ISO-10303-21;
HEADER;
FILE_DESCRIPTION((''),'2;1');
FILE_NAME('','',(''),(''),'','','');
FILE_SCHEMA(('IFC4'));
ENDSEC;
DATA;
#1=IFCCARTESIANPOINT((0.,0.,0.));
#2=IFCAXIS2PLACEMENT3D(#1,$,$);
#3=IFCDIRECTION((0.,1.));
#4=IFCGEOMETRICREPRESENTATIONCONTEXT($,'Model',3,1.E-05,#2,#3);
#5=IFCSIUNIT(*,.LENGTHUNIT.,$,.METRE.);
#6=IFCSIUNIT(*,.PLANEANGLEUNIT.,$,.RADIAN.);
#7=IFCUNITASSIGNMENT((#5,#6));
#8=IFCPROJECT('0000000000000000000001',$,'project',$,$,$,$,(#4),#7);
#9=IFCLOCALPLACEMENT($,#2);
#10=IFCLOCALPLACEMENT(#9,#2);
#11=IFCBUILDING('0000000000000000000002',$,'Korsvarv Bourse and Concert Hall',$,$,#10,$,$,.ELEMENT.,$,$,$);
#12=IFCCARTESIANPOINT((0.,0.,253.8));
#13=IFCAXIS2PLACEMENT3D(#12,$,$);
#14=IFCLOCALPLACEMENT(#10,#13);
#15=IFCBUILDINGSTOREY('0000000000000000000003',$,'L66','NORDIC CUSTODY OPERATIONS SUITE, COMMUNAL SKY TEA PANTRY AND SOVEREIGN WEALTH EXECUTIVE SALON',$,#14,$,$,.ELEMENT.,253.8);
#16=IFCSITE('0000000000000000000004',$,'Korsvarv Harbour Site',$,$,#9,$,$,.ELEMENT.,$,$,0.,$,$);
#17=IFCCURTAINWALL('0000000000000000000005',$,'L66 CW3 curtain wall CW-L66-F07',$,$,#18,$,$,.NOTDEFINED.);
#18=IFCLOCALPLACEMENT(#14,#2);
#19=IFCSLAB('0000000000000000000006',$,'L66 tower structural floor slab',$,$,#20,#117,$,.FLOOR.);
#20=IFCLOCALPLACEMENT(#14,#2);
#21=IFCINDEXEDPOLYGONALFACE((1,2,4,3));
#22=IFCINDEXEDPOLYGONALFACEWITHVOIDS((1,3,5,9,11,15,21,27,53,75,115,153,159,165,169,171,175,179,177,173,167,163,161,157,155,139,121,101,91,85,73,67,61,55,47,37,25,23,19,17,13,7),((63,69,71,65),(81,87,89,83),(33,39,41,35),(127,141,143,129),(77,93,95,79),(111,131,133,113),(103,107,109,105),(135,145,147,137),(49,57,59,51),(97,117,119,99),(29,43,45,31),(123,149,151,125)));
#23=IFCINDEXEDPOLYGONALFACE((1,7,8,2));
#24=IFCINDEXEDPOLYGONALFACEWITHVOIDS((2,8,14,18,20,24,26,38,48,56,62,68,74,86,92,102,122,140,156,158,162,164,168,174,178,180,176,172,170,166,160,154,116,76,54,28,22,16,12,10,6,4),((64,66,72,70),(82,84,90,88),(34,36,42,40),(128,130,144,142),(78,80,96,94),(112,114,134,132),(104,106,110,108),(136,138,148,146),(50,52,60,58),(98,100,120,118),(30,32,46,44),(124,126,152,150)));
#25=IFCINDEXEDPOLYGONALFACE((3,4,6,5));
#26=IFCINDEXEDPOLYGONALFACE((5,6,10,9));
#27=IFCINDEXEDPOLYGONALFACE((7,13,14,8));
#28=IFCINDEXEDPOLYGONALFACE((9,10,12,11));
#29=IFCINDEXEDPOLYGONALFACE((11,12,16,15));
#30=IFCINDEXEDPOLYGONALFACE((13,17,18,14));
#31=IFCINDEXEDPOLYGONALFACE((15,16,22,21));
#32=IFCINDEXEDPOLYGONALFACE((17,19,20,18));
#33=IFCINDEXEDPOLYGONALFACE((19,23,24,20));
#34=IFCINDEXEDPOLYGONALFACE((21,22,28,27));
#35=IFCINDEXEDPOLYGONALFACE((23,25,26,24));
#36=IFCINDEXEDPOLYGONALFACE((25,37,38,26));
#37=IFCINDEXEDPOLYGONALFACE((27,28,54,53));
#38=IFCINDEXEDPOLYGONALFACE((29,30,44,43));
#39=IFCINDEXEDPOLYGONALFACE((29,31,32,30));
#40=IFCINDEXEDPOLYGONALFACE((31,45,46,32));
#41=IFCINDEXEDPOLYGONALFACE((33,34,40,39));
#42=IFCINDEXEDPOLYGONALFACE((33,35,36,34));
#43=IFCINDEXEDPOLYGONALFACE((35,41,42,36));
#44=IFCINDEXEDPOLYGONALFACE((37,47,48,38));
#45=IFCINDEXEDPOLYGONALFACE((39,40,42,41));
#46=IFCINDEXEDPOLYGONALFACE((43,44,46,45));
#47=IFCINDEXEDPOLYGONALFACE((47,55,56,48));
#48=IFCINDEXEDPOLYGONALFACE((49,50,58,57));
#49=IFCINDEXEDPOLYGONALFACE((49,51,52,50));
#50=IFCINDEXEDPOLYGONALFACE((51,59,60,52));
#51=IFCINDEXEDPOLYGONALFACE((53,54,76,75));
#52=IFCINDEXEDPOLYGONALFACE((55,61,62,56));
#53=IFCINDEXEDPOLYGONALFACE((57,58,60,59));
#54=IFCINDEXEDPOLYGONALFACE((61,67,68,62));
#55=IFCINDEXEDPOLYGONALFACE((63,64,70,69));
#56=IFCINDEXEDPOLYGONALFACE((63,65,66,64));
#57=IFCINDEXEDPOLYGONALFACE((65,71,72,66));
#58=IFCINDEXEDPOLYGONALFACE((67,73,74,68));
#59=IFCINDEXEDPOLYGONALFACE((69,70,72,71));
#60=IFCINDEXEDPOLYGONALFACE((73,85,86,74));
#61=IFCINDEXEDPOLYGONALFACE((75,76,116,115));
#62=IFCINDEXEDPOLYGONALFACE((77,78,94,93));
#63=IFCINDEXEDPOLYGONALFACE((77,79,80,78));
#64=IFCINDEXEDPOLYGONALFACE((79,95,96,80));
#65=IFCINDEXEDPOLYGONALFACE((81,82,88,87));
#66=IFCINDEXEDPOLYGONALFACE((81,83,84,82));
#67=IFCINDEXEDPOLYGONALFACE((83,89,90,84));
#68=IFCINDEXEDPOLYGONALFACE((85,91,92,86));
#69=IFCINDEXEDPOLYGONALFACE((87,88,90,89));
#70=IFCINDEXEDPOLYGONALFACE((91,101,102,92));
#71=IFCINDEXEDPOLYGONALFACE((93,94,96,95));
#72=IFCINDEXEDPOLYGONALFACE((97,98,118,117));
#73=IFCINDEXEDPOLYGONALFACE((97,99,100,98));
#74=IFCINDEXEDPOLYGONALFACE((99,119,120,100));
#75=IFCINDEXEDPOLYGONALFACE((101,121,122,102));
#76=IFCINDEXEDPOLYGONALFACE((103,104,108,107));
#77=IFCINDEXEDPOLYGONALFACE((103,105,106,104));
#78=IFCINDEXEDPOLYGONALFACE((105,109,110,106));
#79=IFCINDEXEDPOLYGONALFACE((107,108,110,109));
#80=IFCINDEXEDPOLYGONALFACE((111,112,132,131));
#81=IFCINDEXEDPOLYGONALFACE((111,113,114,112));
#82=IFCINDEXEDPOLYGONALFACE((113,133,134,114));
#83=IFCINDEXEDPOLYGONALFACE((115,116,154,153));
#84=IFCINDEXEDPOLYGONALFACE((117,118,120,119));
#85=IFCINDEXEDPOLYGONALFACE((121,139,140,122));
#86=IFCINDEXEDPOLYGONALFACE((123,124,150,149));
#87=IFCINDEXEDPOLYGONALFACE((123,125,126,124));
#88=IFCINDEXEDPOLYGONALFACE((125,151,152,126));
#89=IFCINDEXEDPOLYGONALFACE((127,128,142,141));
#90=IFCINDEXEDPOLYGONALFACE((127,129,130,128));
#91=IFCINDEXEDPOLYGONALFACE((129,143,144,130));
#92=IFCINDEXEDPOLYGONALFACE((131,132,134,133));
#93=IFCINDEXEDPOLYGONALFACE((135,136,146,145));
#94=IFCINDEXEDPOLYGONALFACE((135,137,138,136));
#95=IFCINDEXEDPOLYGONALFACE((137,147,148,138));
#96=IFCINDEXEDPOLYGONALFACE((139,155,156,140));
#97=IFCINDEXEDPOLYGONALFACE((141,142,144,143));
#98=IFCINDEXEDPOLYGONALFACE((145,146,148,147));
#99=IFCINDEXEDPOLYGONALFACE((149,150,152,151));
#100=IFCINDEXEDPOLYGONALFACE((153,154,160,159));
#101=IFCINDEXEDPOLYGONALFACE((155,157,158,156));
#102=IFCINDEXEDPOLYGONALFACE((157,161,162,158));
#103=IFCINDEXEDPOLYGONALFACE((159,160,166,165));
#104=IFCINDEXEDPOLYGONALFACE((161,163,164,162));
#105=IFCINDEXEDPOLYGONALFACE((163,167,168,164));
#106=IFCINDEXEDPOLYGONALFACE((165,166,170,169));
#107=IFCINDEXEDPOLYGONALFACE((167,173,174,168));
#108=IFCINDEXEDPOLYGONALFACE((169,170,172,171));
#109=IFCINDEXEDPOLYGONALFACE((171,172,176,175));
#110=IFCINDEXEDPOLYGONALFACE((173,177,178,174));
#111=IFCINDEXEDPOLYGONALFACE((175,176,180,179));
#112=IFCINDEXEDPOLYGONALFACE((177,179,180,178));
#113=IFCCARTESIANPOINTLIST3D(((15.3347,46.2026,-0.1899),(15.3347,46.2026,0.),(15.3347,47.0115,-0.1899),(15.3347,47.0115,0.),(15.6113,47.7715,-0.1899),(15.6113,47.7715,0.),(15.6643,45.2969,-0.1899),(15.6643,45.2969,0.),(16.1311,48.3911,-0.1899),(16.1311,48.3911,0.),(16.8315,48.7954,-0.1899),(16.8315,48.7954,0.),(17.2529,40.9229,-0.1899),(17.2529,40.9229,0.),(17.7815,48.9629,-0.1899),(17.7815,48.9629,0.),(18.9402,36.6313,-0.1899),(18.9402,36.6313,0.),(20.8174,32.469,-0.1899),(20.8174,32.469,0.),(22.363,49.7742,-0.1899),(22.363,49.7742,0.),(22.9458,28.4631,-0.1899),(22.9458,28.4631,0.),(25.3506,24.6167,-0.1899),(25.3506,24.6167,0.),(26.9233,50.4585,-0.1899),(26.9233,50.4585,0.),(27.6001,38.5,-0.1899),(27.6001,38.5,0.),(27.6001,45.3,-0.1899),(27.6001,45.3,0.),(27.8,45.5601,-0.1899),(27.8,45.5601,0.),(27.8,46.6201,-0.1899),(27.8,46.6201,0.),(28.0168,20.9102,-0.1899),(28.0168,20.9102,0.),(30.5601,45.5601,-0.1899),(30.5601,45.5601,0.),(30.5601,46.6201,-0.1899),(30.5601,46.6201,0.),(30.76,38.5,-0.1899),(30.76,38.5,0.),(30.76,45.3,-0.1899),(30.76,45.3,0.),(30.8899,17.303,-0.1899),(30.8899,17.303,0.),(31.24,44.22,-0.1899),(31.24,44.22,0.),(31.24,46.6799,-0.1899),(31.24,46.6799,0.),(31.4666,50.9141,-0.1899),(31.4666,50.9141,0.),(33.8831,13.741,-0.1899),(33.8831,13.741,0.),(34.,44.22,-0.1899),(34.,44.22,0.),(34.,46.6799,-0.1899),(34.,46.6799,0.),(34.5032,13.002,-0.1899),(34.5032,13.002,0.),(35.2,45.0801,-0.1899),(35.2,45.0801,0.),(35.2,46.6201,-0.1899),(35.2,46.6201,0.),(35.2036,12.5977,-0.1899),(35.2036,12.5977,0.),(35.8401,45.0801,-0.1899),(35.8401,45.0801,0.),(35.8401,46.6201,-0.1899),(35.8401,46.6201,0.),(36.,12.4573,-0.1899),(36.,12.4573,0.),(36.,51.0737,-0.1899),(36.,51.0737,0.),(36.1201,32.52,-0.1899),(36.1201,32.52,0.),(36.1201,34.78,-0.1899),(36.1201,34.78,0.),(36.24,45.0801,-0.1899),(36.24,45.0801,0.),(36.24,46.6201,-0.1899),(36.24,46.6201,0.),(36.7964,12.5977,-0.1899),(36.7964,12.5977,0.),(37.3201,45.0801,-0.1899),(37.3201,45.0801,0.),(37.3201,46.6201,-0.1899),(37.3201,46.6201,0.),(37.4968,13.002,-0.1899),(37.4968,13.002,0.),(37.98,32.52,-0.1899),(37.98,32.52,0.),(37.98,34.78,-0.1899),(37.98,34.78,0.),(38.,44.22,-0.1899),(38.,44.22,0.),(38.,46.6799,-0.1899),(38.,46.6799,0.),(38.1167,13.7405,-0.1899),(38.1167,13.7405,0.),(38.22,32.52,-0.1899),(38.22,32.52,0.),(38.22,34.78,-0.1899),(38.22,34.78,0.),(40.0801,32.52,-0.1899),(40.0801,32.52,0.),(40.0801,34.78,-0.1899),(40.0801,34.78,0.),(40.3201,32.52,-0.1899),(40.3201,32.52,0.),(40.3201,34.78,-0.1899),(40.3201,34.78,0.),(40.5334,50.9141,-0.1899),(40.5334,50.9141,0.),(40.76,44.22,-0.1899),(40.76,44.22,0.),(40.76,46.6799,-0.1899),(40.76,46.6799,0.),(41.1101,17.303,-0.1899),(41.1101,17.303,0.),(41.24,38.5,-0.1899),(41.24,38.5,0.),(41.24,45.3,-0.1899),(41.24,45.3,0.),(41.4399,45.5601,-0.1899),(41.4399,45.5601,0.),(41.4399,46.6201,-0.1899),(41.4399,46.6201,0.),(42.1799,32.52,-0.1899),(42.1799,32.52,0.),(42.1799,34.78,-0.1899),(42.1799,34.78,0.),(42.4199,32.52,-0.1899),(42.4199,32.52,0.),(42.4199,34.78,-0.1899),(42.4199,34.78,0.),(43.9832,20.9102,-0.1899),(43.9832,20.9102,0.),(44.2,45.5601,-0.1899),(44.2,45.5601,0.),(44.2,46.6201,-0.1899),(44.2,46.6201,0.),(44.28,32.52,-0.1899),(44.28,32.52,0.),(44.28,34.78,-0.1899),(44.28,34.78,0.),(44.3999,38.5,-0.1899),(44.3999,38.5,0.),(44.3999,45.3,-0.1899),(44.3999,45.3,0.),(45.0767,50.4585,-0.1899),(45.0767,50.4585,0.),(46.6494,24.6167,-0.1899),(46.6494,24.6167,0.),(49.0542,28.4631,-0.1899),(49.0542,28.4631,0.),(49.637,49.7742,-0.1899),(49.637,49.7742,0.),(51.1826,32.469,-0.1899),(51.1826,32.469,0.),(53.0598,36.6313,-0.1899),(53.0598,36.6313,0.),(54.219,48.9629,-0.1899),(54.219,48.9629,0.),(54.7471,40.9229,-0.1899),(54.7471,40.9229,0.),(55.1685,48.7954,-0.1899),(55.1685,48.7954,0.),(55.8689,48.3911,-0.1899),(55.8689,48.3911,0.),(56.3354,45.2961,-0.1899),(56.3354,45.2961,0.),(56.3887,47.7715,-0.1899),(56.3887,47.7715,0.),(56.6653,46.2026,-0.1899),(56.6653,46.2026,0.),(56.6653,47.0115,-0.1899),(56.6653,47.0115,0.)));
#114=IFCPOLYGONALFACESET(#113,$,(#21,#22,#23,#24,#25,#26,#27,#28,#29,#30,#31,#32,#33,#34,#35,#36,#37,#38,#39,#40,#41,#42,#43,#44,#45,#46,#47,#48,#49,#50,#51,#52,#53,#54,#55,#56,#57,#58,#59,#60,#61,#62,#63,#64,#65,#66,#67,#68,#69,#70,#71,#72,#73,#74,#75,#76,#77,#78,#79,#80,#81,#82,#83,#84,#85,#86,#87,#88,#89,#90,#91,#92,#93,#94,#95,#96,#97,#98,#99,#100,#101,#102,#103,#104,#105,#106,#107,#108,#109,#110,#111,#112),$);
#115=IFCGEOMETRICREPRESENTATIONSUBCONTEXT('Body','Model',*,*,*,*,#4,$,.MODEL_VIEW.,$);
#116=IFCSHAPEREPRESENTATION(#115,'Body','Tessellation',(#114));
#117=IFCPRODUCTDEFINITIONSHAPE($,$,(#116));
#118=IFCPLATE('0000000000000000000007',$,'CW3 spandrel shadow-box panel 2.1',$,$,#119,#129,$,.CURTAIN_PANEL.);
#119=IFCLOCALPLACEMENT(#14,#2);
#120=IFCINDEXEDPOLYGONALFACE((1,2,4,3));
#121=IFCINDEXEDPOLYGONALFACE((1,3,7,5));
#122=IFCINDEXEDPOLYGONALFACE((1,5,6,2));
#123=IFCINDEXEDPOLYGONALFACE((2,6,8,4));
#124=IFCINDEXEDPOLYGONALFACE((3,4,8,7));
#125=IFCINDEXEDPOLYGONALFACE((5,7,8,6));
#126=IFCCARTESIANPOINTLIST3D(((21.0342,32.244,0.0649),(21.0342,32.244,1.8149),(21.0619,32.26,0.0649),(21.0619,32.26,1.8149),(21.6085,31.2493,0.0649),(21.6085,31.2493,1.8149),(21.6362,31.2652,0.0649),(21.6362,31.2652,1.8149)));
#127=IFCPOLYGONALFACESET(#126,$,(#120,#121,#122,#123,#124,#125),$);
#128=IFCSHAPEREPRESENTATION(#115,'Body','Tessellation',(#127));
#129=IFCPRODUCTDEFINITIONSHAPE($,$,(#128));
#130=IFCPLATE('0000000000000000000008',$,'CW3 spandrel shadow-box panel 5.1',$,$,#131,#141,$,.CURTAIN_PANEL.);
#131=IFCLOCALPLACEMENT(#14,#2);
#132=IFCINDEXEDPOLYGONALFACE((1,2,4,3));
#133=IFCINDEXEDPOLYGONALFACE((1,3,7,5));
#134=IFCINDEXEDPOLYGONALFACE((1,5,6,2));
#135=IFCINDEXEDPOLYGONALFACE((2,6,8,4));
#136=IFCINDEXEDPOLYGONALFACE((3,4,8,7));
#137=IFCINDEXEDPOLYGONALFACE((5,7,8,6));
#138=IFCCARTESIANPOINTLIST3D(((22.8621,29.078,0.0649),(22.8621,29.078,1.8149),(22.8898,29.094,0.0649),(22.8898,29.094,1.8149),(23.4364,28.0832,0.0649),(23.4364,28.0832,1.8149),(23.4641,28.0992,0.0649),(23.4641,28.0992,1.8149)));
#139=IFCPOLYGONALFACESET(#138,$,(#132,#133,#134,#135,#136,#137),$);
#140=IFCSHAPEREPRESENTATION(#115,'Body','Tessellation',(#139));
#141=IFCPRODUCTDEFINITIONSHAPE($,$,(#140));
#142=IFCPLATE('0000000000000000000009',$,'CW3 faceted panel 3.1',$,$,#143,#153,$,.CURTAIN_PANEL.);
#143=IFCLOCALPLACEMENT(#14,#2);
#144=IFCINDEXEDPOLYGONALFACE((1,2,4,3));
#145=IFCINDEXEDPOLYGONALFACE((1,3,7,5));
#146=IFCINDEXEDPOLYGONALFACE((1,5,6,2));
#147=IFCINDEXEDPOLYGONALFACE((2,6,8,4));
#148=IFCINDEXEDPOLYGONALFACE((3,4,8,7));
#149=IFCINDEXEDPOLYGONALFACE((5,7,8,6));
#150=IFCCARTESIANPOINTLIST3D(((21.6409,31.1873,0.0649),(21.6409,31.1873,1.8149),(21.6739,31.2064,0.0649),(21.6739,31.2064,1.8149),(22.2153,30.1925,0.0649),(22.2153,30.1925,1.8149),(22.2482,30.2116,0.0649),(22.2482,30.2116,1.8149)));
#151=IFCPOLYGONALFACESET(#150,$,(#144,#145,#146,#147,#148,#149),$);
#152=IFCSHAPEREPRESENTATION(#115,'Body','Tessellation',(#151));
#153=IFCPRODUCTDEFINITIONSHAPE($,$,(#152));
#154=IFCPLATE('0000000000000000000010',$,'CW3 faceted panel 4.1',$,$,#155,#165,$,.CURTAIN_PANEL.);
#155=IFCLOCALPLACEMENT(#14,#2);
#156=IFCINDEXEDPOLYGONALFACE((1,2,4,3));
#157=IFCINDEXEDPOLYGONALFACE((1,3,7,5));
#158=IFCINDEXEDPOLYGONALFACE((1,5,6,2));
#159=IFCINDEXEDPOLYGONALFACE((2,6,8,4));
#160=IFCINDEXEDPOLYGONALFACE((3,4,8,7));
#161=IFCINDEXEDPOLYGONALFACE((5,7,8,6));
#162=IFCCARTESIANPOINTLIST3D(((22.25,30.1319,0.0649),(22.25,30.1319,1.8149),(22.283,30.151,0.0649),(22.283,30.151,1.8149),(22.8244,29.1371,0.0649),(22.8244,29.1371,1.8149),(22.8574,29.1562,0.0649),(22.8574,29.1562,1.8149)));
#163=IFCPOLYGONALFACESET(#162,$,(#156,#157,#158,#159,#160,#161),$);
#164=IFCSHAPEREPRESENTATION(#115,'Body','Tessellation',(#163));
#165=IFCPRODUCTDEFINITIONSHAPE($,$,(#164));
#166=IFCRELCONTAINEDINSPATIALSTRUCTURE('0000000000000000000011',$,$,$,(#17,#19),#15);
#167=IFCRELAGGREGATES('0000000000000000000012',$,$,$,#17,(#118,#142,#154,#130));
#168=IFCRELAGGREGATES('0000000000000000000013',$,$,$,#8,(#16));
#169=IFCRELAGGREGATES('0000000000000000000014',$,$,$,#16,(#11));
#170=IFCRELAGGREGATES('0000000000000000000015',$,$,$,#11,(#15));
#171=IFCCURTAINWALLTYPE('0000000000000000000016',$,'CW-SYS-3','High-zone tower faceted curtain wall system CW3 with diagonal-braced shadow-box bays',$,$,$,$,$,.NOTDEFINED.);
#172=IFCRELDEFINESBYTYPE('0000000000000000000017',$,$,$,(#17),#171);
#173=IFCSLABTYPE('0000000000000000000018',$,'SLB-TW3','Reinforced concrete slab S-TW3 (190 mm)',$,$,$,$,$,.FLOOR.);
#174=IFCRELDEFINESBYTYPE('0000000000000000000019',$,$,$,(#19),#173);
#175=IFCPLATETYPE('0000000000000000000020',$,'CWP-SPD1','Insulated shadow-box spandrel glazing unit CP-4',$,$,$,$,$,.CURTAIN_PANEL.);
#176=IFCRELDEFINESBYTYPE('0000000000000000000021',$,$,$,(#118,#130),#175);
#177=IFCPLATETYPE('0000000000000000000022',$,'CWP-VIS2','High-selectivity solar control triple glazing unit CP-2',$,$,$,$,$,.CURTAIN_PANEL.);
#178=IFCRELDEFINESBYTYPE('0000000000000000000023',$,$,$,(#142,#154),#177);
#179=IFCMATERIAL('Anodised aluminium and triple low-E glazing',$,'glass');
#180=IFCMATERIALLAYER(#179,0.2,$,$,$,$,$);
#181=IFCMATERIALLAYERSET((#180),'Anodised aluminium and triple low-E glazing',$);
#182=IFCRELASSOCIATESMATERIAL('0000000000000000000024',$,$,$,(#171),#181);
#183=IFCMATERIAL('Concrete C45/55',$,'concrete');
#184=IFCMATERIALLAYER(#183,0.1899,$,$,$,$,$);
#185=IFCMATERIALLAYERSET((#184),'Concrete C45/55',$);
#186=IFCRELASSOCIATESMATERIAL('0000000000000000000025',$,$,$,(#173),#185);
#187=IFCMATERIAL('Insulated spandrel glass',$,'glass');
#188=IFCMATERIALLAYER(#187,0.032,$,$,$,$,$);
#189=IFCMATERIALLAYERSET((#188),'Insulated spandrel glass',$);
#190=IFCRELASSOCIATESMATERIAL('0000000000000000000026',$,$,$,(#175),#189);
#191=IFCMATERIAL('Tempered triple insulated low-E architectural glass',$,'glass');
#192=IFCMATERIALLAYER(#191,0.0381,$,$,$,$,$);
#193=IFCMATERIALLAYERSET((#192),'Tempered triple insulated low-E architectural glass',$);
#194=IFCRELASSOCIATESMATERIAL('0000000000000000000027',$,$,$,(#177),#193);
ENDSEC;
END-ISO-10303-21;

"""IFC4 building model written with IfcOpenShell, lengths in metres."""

from ifc_helpers import new_model, si_unit, direction, frame, origin, origin_2d, place, context, subcontext, project, spatial, polyline, rectangle, outline, extrude, source, transform, mapped, material, layer, layer_set, type_object, element, aggregate, save


model = new_model("IFC4")

# Units and contexts
model_context = context("Model", 3, precision=1e-05, world=origin(), true_north=direction((0.0, 1.0)))
body_context = subcontext(model_context, "Body", "Model", "MODEL_VIEW")
ifc_project = project(units=[si_unit("LENGTHUNIT", "METRE"), si_unit("PLANEANGLEUNIT", "RADIAN")], contexts=[model_context])

# Site, building, storey
site_placement = place(None, origin())
site = spatial("IfcSite", under=ifc_project, at=site_placement, Name="Korsvarv Harbour Site", CompositionType="ELEMENT", RefElevation=0.0)
building_placement = place(site_placement, origin())
building = spatial("IfcBuilding", under=site, at=building_placement, Name="Korsvarv Bourse and Concert Hall", CompositionType="ELEMENT")
storey_placement = place(building_placement, frame((0.0, 0.0, 253.8)))
storey = spatial("IfcBuildingStorey", under=building, at=storey_placement, Name="L66", Description="NORDIC CUSTODY OPERATIONS SUITE, COMMUNAL SKY TEA PANTRY AND SOVEREIGN WEALTH EXECUTIVE SALON", CompositionType="ELEMENT", Elevation=253.8)

# Curtain wall
ifc_material_1 = material(Name="Anodised aluminium and triple low-E glazing", Category="glass")
ifc_layer_1 = layer(ifc_material_1, 0.2)
ifc_layer_set_1 = layer_set([ifc_layer_1], Name="Anodised aluminium and triple low-E glazing")
curtain_wall_type = type_object("IfcCurtainWallType", Name="CW-SYS-3", Description="High-zone tower faceted curtain wall system CW3 with diagonal-braced shadow-box bays", PredefinedType="NOTDEFINED", material=ifc_layer_set_1)
curtain_wall_placement = place(storey_placement, origin())
curtain_wall = element("IfcCurtainWall", 1, at=curtain_wall_placement, inside=storey, type_object=curtain_wall_type, Name="L66 CW3 curtain wall CW-L66-F07", PredefinedType="NOTDEFINED")

# Slab
ifc_material_2 = material(Name="Concrete C45/55", Category="concrete")
ifc_layer_2 = layer(ifc_material_2, 0.1899)
ifc_layer_set_2 = layer_set([ifc_layer_2], Name="Concrete C45/55")
slab_type_1 = type_object("IfcSlabType", Name="SLB-TW3", Description="Reinforced concrete slab S-TW3 (190 mm)", PredefinedType="FLOOR", material=ifc_layer_set_2)
slab_1_placement = place(storey_placement, frame((0.0, 0.0, -0.1899)))
element("IfcSlab", 2, at=slab_1_placement, inside=storey, type_object=slab_type_1, Name="L66 tower structural floor slab", PredefinedType="FLOOR", context=body_context, shape_type="SweptSolid", body=[
    extrude(outline(polyline([(56.3354, 45.2961), (54.7471, 40.9229), (53.0598, 36.6313), (51.1826, 32.469), (49.0542, 28.4631), (46.6494, 24.6167), (43.9832, 20.9102), (41.1101, 17.303), (38.1167, 13.7405), (37.4968, 13.002), (36.7964, 12.5977), (36.0, 12.4573), (35.2036, 12.5977), (34.5032, 13.002), (33.8831, 13.741), (30.8899, 17.303), (28.0168, 20.9102), (25.3506, 24.6167), (22.9458, 28.4631), (20.8174, 32.469), (18.9402, 36.6313), (17.2529, 40.9229), (15.6643, 45.2969), (15.3347, 46.2026), (15.3347, 47.0115), (15.6113, 47.7715), (16.1311, 48.3911), (16.8315, 48.7954), (17.7815, 48.9629), (22.363, 49.7742), (26.9233, 50.4585), (31.4666, 50.9141), (36.0, 51.0737), (40.5334, 50.9141), (45.0767, 50.4585), (49.637, 49.7742), (54.219, 48.9629), (55.1685, 48.7954), (55.8689, 48.3911), (56.3887, 47.7715), (56.6653, 47.0115), (56.6653, 46.2026), (56.3354, 45.2961)]), holes=[polyline([(30.76, 38.5), (30.76, 45.3), (27.6001, 45.3), (27.6001, 38.5), (30.76, 38.5)]), polyline([(44.3999, 38.5), (44.3999, 45.3), (41.24, 45.3), (41.24, 38.5), (44.3999, 38.5)]), polyline([(31.24, 44.22), (34.0, 44.22), (34.0, 46.6799), (31.24, 46.6799), (31.24, 44.22)]), polyline([(38.0, 44.22), (40.76, 44.22), (40.76, 46.6799), (38.0, 46.6799), (38.0, 44.22)]), polyline([(36.1201, 32.52), (37.98, 32.52), (37.98, 34.78), (36.1201, 34.78), (36.1201, 32.52)]), polyline([(38.22, 32.52), (40.0801, 32.52), (40.0801, 34.78), (38.22, 34.78), (38.22, 32.52)]), polyline([(40.3201, 32.52), (42.1799, 32.52), (42.1799, 34.78), (40.3201, 34.78), (40.3201, 32.52)]), polyline([(42.4199, 32.52), (44.28, 32.52), (44.28, 34.78), (42.4199, 34.78), (42.4199, 32.52)]), polyline([(27.8, 45.5601), (30.5601, 45.5601), (30.5601, 46.6201), (27.8, 46.6201), (27.8, 45.5601)]), polyline([(41.4399, 45.5601), (44.2, 45.5601), (44.2, 46.6201), (41.4399, 46.6201), (41.4399, 45.5601)]), polyline([(35.2, 45.0801), (35.8401, 45.0801), (35.8401, 46.6201), (35.2, 46.6201), (35.2, 45.0801)]), polyline([(36.24, 45.0801), (37.3201, 45.0801), (37.3201, 46.6201), (36.24, 46.6201), (36.24, 45.0801)])]), origin(), (0.0, 0.0, 1.0), 0.1899),
])

# Plates
ifc_material_3 = material(Name="Insulated spandrel glass", Category="glass")
ifc_layer_3 = layer(ifc_material_3, 0.032)
ifc_layer_set_3 = layer_set([ifc_layer_3], Name="Insulated spandrel glass")
plate_type_1 = type_object("IfcPlateType", Name="CWP-SPD1", Description="Insulated shadow-box spandrel glazing unit CP-4", PredefinedType="CURTAIN_PANEL", material=ifc_layer_set_3)
shared_shape_1 = source(origin(), body_context, "Body", "SweptSolid", [
    extrude(rectangle(XDim=1.1487, YDim=0.032, at=origin_2d()), origin(), (0.0, 0.0, 1.0), 1.75),
])
plate_1_placement = place(storey_placement, frame((21.3352, 31.7546, 0.0649), z_axis=(0.0, 0.0, 1.0), x_axis=(0.500004, -0.866023, 0.0)))
plate_1 = element("IfcPlate", 3, at=plate_1_placement, type_object=plate_type_1, Name="CW3 spandrel shadow-box panel 2.1", PredefinedType="CURTAIN_PANEL", context=body_context, shape_type="MappedRepresentation", body=[
    mapped(shared_shape_1, transform((0.0, 0.0, 0.0), scale=1.0)),
])
plate_2_placement = place(storey_placement, frame((23.1631, 28.5886, 0.0649), z_axis=(0.0, 0.0, 1.0), x_axis=(0.500004, -0.866023, 0.0)))
plate_2 = element("IfcPlate", 4, at=plate_2_placement, type_object=plate_type_1, Name="CW3 spandrel shadow-box panel 5.1", PredefinedType="CURTAIN_PANEL", context=body_context, shape_type="MappedRepresentation", body=[
    mapped(shared_shape_1, transform((0.0, 0.0, 0.0), scale=1.0)),
])
ifc_material_4 = material(Name="Tempered triple insulated low-E architectural glass", Category="glass")
ifc_layer_4 = layer(ifc_material_4, 0.0381)
ifc_layer_set_4 = layer_set([ifc_layer_4], Name="Tempered triple insulated low-E architectural glass")
plate_type_2 = type_object("IfcPlateType", Name="CWP-VIS2", Description="High-selectivity solar control triple glazing unit CP-2", PredefinedType="CURTAIN_PANEL", material=ifc_layer_set_4)
shared_shape_2 = source(origin(), body_context, "Body", "SweptSolid", [
    extrude(rectangle(XDim=1.1487, YDim=0.0381, at=origin_2d()), origin(), (0.0, 0.0, 1.0), 1.75),
])
plate_3_placement = place(storey_placement, frame((21.9446, 30.6995, 0.0649), z_axis=(0.0, 0.0, 1.0), x_axis=(0.500004, -0.866023, 0.0)))
plate_3 = element("IfcPlate", 5, at=plate_3_placement, type_object=plate_type_2, Name="CW3 faceted panel 3.1", PredefinedType="CURTAIN_PANEL", context=body_context, shape_type="MappedRepresentation", body=[
    mapped(shared_shape_2, transform((0.0, 0.0, 0.0), scale=1.0)),
])
plate_4_placement = place(storey_placement, frame((22.5537, 29.644, 0.0649), z_axis=(0.0, 0.0, 1.0), x_axis=(0.500004, -0.866023, 0.0)))
plate_4 = element("IfcPlate", 6, at=plate_4_placement, type_object=plate_type_2, Name="CW3 faceted panel 4.1", PredefinedType="CURTAIN_PANEL", context=body_context, shape_type="MappedRepresentation", body=[
    mapped(shared_shape_2, transform((0.0, 0.0, 0.0), scale=1.0)),
])
aggregate(curtain_wall, [plate_1, plate_3, plate_4, plate_2])

save(model, "model.ifc")
